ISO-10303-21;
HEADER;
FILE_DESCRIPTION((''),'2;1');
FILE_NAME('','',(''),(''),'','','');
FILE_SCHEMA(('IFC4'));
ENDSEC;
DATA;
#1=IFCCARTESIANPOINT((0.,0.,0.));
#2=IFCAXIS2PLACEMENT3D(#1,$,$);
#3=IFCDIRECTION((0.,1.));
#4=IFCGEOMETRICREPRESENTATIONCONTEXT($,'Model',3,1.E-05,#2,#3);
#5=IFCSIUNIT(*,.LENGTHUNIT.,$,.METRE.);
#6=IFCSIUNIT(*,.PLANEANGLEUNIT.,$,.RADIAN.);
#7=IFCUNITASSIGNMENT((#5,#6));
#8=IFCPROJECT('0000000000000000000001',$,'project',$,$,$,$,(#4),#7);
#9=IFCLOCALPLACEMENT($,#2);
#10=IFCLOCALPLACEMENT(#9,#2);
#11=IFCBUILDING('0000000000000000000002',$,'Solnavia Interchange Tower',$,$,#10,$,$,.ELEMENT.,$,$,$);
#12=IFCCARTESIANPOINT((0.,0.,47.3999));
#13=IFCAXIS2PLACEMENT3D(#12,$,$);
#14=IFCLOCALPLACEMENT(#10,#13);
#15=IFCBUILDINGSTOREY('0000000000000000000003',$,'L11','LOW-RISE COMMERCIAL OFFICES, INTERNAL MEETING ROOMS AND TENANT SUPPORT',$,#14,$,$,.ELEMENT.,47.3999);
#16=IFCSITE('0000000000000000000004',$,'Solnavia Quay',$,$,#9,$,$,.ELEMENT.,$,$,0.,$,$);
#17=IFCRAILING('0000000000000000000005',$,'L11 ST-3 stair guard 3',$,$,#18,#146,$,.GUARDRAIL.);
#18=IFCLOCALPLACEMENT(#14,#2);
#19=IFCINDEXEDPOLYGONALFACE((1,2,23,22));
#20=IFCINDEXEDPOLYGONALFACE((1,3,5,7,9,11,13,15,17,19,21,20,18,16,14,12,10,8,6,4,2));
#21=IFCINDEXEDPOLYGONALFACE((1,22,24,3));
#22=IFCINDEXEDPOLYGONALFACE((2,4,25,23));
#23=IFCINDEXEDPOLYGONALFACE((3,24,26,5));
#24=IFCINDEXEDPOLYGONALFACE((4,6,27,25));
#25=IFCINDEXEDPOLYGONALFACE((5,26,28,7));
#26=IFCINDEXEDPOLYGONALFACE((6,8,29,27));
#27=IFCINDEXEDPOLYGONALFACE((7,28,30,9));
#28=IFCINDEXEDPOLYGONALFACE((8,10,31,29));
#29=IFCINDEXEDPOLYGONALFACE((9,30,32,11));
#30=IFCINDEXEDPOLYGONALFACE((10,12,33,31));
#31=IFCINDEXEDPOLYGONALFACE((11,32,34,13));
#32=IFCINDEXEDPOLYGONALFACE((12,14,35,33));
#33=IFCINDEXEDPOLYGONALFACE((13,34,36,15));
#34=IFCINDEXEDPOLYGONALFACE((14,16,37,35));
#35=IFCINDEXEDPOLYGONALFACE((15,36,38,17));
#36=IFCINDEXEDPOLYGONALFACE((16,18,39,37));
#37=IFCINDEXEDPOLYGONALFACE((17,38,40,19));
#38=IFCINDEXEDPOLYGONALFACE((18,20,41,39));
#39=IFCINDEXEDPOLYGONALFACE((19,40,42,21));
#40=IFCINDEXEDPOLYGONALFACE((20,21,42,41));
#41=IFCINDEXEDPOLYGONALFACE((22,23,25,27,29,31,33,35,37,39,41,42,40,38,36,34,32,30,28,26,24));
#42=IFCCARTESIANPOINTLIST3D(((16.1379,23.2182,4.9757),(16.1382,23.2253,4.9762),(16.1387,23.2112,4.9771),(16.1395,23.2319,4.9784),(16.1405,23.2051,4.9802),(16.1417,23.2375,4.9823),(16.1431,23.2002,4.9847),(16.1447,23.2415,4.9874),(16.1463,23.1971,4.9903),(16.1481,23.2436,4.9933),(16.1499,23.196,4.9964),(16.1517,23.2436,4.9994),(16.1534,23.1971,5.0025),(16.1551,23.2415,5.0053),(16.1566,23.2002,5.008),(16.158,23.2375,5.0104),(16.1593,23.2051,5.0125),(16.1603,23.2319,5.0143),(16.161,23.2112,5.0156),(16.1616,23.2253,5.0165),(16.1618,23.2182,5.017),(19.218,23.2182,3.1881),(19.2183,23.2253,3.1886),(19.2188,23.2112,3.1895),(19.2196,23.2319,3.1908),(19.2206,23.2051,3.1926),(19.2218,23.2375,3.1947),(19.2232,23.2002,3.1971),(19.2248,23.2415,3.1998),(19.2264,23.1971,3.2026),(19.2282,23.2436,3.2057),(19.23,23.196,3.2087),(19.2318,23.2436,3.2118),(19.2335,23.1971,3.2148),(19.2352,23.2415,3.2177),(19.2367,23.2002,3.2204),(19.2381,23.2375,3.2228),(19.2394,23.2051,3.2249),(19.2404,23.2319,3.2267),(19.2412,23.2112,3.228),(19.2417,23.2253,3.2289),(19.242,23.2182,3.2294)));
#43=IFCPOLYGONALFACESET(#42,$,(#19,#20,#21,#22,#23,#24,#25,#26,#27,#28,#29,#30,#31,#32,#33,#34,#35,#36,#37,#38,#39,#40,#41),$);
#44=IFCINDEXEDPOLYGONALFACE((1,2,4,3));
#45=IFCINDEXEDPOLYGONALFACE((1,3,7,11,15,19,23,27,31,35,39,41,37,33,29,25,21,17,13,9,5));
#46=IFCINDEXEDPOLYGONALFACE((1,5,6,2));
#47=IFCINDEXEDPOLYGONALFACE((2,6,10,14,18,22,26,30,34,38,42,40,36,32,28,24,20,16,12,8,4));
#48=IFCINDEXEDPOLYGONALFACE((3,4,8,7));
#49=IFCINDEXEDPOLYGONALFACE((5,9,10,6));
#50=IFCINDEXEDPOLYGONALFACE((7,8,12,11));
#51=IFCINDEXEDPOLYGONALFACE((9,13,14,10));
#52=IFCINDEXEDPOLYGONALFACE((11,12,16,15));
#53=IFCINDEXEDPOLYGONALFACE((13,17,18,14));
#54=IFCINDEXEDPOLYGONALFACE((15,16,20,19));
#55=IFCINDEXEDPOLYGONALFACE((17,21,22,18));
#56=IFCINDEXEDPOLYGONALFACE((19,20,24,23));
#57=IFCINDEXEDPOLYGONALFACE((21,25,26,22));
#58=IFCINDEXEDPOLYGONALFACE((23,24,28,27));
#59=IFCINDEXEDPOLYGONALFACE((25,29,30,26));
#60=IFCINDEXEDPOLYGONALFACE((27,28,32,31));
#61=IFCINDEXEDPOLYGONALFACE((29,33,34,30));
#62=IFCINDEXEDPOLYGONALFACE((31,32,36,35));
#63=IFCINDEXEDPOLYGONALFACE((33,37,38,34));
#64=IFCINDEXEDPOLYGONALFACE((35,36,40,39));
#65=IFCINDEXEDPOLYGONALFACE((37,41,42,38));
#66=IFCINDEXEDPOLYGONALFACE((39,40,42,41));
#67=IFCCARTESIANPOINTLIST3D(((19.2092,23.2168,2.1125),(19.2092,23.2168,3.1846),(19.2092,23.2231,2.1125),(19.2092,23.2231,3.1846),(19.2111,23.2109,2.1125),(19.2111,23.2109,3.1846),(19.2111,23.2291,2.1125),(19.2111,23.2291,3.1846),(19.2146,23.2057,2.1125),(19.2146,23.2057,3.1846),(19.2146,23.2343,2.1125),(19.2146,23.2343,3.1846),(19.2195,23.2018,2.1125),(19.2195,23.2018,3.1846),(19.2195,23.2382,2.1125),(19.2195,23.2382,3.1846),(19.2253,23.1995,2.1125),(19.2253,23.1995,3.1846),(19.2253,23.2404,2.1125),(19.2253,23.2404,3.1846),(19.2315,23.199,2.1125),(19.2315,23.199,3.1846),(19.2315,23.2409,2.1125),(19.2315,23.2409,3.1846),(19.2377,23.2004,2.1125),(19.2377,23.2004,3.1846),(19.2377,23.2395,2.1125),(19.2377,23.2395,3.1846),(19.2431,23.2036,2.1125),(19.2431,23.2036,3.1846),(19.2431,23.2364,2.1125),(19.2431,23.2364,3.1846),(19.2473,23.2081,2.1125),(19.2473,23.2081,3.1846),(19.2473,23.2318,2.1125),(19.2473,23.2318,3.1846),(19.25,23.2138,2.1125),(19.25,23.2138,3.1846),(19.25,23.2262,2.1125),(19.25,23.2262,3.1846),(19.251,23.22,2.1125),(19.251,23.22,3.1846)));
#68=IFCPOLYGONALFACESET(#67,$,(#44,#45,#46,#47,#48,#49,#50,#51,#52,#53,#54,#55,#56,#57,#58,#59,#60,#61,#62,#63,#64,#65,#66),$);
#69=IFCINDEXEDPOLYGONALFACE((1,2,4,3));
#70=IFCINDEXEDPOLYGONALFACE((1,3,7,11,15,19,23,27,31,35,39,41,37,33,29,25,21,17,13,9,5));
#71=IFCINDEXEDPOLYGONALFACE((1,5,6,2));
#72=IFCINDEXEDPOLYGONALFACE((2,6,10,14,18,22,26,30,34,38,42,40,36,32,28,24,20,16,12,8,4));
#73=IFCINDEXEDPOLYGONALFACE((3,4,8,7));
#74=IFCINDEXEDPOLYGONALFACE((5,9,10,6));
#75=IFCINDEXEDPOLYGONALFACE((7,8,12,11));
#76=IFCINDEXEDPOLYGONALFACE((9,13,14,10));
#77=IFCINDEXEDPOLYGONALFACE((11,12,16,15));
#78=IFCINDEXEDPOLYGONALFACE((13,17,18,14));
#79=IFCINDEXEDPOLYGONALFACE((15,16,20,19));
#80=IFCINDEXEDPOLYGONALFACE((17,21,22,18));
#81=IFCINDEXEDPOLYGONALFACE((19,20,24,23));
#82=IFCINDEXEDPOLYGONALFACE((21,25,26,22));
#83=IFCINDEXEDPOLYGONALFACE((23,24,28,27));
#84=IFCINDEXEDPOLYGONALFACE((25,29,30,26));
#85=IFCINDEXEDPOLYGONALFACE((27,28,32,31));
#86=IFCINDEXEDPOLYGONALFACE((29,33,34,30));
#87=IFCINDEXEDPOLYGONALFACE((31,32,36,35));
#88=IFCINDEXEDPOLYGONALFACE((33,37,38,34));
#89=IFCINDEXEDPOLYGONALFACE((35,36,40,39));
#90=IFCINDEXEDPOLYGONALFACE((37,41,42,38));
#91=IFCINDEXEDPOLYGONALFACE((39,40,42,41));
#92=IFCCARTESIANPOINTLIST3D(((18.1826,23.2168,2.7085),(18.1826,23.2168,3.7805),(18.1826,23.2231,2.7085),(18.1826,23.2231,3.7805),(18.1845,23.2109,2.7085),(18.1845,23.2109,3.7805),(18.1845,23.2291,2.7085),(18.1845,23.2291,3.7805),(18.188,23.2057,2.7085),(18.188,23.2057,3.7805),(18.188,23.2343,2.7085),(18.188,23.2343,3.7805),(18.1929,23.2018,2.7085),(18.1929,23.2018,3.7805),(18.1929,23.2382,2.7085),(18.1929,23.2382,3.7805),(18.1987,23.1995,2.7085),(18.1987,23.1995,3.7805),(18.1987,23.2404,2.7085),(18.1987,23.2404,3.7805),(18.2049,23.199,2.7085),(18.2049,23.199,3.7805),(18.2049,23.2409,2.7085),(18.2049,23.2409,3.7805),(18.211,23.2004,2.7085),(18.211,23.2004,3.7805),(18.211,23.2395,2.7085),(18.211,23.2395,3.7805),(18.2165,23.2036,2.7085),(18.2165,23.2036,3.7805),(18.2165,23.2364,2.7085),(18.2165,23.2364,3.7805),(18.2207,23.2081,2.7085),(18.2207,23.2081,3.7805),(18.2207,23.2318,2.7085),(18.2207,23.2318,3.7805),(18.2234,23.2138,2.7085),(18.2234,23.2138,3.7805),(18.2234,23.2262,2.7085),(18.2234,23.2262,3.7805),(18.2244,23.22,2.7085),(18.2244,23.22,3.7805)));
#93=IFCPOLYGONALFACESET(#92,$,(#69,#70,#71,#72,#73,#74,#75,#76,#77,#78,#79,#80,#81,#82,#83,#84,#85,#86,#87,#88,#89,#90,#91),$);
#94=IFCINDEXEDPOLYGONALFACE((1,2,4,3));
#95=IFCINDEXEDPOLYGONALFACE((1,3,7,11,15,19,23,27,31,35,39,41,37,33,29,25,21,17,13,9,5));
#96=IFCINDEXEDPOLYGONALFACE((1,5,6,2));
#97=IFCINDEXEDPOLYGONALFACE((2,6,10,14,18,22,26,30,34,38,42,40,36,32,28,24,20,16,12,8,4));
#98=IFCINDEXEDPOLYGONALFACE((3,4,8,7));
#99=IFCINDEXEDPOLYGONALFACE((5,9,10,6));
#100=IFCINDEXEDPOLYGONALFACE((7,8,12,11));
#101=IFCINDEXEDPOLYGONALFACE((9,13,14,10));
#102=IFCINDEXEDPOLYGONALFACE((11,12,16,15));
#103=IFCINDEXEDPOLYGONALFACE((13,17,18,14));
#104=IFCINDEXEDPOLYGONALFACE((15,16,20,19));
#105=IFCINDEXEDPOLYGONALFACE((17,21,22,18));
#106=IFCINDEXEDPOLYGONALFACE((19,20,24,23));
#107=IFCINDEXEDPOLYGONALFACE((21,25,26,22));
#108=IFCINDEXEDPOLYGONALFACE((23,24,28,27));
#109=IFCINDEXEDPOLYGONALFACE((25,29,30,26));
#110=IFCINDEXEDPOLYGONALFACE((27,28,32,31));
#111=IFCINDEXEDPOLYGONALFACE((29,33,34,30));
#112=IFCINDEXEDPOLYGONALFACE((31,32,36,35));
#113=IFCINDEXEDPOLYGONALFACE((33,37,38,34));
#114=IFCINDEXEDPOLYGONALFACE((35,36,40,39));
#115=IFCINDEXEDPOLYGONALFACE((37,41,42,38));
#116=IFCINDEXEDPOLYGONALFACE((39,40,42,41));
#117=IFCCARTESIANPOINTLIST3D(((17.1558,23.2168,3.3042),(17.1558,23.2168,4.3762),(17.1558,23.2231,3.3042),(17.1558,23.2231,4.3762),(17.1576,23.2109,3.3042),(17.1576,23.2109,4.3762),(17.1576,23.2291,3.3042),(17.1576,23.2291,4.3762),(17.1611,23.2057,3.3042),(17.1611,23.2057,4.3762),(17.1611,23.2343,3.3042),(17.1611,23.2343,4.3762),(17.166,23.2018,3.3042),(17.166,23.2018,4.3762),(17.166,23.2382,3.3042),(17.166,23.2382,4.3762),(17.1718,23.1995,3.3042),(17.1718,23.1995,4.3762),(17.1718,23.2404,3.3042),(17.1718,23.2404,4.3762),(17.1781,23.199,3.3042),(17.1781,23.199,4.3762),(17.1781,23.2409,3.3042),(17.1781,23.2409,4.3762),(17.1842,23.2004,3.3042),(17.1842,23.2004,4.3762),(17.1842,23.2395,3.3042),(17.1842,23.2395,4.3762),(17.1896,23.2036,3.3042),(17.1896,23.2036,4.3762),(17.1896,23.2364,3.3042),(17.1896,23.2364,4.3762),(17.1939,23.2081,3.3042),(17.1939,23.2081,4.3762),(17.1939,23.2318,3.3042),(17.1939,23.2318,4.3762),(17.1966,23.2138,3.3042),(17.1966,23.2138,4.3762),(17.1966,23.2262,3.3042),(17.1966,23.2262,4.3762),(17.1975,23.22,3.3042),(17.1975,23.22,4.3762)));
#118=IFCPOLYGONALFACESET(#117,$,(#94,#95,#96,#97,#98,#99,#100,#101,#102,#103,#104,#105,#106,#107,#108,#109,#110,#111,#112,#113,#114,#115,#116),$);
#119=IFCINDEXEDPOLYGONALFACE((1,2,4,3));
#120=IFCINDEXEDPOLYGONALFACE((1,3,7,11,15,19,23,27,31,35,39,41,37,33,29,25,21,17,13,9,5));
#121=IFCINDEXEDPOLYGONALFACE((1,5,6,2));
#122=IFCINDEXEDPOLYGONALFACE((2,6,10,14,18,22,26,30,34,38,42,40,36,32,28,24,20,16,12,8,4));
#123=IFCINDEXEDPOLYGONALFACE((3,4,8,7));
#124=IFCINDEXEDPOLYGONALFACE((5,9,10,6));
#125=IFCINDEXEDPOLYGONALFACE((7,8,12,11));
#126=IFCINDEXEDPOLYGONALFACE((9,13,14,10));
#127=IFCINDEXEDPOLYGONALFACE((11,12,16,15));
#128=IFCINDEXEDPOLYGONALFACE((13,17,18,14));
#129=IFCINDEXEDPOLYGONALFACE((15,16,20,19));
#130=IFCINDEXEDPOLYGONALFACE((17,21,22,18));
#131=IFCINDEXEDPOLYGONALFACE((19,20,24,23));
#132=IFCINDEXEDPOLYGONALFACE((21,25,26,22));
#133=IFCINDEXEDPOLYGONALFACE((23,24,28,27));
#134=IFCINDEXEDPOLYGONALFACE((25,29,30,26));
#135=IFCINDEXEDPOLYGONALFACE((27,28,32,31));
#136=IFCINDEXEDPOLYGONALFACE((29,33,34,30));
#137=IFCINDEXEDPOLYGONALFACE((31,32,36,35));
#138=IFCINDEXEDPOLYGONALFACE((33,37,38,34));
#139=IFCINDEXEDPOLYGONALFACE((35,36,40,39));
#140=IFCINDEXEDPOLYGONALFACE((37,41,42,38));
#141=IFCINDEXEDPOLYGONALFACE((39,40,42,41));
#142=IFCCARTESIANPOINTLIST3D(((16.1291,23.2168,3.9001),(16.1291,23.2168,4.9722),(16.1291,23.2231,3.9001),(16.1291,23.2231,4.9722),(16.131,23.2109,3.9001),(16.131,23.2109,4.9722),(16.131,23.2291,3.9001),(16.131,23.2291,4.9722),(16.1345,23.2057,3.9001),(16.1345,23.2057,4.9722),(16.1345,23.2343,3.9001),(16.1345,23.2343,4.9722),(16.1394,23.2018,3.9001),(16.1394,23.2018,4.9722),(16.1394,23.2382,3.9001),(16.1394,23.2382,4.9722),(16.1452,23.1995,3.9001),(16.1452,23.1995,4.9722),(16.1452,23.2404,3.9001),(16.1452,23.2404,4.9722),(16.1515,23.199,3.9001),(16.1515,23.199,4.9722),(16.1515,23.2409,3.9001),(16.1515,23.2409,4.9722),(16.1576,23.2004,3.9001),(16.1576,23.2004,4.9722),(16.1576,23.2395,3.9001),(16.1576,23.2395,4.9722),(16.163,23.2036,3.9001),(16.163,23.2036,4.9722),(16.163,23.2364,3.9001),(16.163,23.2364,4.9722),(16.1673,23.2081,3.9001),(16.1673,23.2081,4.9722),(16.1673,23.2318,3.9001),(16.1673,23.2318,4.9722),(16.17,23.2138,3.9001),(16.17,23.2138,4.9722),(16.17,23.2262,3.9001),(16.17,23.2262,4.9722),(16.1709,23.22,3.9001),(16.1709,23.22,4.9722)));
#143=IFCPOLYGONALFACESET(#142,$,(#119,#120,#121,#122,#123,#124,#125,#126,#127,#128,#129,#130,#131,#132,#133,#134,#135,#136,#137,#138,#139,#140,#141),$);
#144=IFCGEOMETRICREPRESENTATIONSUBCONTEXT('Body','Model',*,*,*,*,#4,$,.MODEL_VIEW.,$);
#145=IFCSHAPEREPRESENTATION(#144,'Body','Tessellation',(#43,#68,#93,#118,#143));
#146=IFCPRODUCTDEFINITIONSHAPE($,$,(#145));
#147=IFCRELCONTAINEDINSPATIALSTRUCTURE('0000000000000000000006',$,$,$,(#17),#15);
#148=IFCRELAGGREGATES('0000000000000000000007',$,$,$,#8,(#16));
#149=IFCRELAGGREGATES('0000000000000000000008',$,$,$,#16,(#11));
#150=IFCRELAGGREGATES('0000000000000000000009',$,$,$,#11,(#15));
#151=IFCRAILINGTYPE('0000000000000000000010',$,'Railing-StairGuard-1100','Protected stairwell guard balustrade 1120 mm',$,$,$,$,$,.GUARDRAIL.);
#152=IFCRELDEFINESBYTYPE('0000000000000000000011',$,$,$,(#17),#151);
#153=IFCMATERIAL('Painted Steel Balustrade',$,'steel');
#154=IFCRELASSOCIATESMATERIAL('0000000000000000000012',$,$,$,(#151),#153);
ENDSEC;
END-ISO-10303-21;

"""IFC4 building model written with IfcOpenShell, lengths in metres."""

from ifc_helpers import new_model, si_unit, direction, frame, origin, origin_2d, place, context, subcontext, project, spatial, circle, extrude, material, type_object, element, save


model = new_model("IFC4")

# Units and contexts
model_context = context("Model", 3, precision=1e-05, world=origin(), true_north=direction((0.0, 1.0)))
body_context = subcontext(model_context, "Body", "Model", "MODEL_VIEW")
ifc_project = project(units=[si_unit("LENGTHUNIT", "METRE"), si_unit("PLANEANGLEUNIT", "RADIAN")], contexts=[model_context])

# Site, building, storey
site_placement = place(None, origin())
site = spatial("IfcSite", under=ifc_project, at=site_placement, Name="Solnavia Quay", CompositionType="ELEMENT", RefElevation=0.0)
building_placement = place(site_placement, origin())
building = spatial("IfcBuilding", under=site, at=building_placement, Name="Solnavia Interchange Tower", CompositionType="ELEMENT")
storey_placement = place(building_placement, frame((0.0, 0.0, 47.3999)))
storey = spatial("IfcBuildingStorey", under=building, at=storey_placement, Name="L11", Description="LOW-RISE COMMERCIAL OFFICES, INTERNAL MEETING ROOMS AND TENANT SUPPORT", CompositionType="ELEMENT", Elevation=47.3999)

# Railing
ifc_material_1 = material(Name="Painted Steel Balustrade", Category="steel")
railing_type_1 = type_object("IfcRailingType", Name="Railing-StairGuard-1100", Description="Protected stairwell guard balustrade 1120 mm", PredefinedType="GUARDRAIL", material=ifc_material_1)
railing_1_placement = place(storey_placement, frame((19.23, 23.22, 2.1125)))
element("IfcRailing", 1, at=railing_1_placement, inside=storey, type_object=railing_type_1, Name="L11 ST-3 stair guard 3", PredefinedType="GUARDRAIL", context=body_context, shape_type="SweptSolid", body=[
    extrude(circle(Radius=0.0239, at=origin_2d()), frame((0.0, 0.0, 1.0962), z_axis=(-0.864891, 0.0, 0.50196), x_axis=(0.0, -1.0, 0.0)), (0.0, 0.0, 1.0), 3.5613),
    extrude(circle(Radius=0.021, at=origin_2d()), origin(), (0.0, 0.0, 1.0), 1.072),
    extrude(circle(Radius=0.021, at=origin_2d()), frame((-1.0266, 0.0, 0.5959)), (0.0, 0.0, 1.0), 1.072),
    extrude(circle(Radius=0.021, at=origin_2d()), frame((-2.0535, 0.0, 1.1917)), (0.0, 0.0, 1.0), 1.072),
    extrude(circle(Radius=0.021, at=origin_2d()), frame((-3.0801, 0.0, 1.7876)), (0.0, 0.0, 1.0), 1.072),
])

save(model, "model.ifc")
